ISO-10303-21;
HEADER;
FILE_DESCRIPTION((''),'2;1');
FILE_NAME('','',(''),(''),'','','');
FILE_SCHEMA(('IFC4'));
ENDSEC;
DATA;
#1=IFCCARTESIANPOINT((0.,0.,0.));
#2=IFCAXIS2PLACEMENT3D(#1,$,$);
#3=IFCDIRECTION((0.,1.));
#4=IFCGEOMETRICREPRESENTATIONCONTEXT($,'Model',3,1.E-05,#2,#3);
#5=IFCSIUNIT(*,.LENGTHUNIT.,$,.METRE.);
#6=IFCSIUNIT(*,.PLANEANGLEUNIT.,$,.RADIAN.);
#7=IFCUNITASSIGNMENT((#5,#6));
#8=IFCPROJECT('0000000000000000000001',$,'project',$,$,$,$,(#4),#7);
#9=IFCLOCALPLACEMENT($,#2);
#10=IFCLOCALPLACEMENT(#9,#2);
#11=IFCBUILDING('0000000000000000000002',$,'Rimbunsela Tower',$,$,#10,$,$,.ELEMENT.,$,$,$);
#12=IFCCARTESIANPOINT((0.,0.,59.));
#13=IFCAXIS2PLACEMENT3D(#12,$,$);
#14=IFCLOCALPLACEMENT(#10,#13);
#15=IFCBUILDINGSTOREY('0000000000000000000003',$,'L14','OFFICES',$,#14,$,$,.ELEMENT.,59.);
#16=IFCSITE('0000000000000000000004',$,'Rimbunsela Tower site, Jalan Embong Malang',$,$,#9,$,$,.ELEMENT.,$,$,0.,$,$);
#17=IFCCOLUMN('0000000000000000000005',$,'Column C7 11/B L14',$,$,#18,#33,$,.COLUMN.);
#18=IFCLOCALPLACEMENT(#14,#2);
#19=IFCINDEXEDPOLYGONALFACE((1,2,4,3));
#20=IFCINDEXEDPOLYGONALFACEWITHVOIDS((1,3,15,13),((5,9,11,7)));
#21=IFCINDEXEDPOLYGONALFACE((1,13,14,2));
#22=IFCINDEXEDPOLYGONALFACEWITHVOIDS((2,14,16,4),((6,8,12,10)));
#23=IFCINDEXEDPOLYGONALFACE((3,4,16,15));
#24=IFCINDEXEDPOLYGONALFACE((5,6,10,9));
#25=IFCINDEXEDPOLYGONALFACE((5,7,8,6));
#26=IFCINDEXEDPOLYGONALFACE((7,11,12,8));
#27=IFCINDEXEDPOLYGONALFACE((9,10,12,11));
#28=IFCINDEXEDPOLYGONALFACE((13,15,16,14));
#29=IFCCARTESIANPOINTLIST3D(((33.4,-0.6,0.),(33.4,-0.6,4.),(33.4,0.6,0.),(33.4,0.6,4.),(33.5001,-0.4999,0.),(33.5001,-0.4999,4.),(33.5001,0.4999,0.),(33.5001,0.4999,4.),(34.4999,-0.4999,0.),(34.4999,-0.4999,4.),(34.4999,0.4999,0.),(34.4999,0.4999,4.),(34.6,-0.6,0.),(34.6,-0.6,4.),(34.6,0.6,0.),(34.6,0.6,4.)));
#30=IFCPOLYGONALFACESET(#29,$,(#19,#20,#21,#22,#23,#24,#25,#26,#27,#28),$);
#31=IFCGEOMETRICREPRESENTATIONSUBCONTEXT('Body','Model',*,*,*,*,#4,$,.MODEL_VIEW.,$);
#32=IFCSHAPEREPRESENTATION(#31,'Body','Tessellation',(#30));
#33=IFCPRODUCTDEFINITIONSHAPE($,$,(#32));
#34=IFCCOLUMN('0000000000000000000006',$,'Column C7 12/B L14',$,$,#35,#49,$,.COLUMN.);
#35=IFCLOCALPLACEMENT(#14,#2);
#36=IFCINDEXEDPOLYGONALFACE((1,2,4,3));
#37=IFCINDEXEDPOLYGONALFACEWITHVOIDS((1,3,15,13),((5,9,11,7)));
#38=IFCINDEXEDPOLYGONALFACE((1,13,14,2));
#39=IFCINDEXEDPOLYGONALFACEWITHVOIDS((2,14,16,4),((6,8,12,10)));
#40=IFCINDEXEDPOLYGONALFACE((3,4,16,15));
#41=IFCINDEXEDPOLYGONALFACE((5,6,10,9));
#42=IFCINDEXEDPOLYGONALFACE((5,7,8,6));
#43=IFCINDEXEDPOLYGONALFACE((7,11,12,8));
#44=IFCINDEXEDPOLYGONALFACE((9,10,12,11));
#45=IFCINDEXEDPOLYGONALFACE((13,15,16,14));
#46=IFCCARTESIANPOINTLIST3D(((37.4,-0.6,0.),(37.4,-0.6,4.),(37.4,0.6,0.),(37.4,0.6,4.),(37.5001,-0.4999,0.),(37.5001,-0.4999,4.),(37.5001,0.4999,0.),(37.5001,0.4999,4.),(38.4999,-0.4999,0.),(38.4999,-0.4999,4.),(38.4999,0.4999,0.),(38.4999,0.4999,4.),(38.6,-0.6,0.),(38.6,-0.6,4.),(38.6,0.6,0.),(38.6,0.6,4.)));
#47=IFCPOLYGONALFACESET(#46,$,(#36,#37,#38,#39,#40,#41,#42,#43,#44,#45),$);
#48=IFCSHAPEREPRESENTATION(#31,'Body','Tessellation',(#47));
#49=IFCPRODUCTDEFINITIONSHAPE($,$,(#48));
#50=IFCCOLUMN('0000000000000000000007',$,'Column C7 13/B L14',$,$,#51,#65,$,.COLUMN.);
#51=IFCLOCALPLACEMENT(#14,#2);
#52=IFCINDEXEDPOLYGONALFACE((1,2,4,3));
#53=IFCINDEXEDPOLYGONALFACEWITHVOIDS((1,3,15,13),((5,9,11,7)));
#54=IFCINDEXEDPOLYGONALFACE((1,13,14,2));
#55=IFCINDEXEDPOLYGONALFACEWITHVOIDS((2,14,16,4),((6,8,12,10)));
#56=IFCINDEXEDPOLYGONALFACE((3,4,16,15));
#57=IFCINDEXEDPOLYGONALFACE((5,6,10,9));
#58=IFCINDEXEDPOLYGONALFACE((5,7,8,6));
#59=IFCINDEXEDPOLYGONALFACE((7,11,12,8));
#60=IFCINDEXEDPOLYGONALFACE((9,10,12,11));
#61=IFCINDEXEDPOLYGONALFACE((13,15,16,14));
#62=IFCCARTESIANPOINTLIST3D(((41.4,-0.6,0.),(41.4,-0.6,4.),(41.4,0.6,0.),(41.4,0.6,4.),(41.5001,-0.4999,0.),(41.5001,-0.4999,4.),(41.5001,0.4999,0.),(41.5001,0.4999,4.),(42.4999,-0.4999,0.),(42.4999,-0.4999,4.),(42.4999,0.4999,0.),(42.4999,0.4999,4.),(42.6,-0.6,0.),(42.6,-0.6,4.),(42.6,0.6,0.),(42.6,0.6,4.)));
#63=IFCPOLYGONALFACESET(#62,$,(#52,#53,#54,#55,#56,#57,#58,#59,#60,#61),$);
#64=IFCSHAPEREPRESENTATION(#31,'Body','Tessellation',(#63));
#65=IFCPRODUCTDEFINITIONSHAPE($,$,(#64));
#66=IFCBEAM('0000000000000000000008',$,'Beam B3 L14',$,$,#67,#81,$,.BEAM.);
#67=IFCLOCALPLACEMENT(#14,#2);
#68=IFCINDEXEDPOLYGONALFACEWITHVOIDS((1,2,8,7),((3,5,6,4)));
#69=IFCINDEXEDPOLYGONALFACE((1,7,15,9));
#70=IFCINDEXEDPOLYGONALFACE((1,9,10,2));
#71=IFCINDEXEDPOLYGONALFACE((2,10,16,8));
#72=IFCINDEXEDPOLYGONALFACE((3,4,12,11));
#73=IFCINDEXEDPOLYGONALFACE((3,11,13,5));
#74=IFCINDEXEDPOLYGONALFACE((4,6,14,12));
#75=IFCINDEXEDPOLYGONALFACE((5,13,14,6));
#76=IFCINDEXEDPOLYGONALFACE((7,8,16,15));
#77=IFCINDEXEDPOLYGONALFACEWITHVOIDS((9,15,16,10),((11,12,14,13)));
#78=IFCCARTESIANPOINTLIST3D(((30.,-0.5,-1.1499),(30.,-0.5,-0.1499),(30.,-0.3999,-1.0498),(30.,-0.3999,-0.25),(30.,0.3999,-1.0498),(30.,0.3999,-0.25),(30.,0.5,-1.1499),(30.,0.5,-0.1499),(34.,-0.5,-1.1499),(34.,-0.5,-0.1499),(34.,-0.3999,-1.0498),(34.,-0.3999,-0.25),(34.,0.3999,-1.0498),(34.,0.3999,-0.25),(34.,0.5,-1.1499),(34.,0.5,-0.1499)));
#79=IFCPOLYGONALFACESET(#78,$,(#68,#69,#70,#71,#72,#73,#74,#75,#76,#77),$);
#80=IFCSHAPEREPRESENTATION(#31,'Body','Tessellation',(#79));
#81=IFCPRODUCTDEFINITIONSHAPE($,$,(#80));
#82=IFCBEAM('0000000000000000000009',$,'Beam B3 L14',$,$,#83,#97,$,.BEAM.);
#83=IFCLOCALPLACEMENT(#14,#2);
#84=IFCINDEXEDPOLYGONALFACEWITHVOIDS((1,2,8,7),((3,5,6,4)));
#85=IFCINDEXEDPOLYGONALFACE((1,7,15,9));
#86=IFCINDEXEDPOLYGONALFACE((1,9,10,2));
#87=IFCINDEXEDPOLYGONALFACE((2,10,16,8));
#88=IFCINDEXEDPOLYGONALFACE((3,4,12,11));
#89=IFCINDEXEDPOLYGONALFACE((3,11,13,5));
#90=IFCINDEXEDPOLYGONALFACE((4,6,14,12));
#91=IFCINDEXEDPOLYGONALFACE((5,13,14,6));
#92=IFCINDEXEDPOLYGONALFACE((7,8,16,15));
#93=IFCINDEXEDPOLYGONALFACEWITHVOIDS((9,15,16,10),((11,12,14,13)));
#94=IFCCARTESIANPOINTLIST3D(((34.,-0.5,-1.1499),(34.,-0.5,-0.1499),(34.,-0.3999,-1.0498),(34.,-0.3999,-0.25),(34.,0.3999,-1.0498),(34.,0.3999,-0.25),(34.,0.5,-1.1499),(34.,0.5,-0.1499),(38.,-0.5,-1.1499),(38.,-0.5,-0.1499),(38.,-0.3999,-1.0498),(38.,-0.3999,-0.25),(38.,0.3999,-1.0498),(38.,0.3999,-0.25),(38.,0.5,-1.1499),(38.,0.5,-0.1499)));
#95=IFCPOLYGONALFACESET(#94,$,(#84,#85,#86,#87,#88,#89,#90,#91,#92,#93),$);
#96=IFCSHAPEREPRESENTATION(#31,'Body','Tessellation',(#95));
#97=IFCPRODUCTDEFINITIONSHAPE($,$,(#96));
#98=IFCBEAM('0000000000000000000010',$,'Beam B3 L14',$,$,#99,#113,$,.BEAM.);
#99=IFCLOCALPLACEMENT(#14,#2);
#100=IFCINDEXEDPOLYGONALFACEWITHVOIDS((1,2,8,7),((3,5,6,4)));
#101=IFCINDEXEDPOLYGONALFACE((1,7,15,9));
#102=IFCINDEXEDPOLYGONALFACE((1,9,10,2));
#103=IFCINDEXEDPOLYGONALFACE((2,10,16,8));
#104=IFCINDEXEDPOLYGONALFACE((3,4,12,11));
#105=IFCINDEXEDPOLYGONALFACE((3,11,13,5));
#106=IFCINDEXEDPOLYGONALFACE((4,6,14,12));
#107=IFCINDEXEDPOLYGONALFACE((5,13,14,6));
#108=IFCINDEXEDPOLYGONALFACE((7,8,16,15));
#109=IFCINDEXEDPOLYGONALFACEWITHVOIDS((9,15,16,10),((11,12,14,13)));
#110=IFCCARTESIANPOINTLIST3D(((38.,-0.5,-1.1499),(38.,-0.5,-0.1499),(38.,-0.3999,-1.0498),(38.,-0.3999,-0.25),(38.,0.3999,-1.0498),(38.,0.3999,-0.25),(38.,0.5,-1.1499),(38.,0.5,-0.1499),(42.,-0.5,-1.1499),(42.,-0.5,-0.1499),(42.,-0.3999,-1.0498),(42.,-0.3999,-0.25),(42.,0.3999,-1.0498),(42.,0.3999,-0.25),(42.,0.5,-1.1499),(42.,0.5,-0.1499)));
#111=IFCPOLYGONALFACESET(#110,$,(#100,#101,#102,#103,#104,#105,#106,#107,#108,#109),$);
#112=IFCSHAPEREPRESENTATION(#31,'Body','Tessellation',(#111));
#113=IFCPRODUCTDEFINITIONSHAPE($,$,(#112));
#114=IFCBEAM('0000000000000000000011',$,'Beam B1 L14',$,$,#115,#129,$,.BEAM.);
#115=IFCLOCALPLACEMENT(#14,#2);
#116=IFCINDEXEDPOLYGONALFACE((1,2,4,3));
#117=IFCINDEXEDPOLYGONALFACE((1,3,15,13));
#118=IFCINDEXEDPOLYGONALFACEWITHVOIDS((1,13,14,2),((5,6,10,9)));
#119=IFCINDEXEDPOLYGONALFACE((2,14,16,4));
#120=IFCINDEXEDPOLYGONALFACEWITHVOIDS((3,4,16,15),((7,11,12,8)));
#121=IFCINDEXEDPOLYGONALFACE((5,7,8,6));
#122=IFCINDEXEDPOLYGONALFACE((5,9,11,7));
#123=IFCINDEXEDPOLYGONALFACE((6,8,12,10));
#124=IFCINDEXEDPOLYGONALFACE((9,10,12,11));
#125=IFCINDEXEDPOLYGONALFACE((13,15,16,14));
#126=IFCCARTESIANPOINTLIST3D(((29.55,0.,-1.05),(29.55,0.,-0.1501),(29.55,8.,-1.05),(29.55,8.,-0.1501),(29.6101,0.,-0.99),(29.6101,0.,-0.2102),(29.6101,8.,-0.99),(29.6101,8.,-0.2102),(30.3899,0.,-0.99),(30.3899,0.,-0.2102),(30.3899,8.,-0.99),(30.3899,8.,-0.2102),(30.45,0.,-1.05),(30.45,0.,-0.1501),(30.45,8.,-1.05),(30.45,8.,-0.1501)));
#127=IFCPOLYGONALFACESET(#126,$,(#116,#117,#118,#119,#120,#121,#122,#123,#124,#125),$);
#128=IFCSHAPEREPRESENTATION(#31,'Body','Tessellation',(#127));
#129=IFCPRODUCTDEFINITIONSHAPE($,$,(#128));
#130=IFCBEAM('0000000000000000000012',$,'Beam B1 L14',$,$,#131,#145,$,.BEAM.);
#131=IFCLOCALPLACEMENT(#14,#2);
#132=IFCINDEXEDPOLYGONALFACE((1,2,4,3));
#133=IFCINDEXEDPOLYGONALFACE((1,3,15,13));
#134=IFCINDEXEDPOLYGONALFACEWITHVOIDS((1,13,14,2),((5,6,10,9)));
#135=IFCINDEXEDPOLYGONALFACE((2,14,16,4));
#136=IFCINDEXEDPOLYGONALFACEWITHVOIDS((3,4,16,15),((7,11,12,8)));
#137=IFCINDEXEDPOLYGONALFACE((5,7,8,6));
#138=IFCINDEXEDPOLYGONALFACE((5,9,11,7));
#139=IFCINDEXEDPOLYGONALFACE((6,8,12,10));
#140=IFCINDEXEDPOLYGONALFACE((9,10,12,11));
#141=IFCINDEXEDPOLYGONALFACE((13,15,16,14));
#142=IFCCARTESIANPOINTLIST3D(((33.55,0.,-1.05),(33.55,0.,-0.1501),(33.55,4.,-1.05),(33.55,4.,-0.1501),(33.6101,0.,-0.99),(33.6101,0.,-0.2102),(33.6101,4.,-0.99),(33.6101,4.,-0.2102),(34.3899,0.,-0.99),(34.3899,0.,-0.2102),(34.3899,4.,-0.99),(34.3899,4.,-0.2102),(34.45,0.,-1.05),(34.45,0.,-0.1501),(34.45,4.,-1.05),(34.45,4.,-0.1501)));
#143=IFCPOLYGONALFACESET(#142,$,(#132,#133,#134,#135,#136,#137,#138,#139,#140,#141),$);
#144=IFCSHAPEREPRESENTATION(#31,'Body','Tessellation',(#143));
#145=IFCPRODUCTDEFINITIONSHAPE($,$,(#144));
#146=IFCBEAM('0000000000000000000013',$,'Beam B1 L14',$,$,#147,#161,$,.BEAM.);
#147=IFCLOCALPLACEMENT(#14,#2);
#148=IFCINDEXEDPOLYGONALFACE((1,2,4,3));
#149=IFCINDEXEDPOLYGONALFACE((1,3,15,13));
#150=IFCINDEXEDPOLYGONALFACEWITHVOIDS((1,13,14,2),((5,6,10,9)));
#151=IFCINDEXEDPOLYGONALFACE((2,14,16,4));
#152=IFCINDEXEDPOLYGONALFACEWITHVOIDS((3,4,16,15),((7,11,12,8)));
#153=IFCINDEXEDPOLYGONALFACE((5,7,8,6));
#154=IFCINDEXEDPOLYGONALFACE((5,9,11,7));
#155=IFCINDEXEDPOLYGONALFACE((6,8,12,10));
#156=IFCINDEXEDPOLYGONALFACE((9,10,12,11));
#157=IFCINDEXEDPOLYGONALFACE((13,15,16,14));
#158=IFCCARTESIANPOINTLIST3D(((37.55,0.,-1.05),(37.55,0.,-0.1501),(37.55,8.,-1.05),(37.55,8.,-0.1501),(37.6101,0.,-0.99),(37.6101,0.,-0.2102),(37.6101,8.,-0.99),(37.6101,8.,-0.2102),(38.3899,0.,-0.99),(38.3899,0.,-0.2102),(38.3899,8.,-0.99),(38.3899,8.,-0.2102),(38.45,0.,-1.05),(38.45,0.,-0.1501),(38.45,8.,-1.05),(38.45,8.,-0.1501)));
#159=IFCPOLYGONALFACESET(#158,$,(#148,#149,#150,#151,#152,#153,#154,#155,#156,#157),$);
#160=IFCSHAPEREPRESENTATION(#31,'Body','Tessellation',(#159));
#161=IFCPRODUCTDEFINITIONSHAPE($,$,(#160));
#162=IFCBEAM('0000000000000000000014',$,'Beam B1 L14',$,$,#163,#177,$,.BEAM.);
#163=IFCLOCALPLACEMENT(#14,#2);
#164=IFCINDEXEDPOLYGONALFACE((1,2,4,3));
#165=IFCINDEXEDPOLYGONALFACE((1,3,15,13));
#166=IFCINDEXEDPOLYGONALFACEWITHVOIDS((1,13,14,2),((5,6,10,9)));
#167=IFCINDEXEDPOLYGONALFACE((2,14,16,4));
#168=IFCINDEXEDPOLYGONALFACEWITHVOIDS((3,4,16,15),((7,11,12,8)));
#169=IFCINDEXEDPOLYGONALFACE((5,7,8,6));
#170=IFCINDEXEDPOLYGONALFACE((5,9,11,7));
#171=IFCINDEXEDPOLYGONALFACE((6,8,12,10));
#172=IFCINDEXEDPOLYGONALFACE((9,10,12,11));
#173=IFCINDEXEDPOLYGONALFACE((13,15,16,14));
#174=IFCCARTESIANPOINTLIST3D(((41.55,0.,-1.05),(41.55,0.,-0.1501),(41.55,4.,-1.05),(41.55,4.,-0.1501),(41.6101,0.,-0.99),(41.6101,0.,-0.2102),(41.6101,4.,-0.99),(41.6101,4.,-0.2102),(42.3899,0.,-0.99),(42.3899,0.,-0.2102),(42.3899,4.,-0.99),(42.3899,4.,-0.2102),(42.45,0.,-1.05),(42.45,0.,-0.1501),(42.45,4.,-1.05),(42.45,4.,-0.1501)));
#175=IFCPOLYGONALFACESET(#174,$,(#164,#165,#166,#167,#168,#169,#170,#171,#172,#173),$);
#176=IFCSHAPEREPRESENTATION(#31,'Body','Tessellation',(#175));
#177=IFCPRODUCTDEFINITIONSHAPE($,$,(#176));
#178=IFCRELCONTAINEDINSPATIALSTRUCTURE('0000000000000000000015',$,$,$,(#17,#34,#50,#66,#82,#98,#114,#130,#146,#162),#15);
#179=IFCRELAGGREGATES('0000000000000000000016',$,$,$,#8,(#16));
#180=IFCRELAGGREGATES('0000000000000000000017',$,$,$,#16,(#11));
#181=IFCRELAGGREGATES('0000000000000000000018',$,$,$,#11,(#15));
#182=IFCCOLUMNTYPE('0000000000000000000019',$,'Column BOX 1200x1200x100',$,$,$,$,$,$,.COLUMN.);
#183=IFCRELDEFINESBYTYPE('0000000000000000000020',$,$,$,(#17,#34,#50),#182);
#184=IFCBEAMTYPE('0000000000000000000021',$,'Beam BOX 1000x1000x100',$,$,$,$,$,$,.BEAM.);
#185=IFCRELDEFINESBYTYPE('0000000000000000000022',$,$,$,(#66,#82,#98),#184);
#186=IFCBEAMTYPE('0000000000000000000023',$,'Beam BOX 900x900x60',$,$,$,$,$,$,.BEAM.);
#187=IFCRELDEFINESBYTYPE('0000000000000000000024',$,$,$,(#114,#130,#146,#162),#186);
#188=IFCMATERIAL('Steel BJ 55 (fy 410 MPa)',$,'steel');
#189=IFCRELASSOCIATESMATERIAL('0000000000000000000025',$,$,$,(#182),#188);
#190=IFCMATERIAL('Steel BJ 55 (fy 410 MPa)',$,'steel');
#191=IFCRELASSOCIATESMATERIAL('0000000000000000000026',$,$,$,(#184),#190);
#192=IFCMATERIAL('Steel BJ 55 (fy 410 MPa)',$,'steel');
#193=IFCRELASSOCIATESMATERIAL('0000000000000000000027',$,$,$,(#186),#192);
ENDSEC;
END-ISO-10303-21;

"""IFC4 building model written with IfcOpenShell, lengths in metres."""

from ifc_helpers import new_model, si_unit, direction, frame, origin, origin_2d, place, context, subcontext, project, spatial, hollow_rectangle, extrude, material, material_profile, profile_set, type_object, element, save


model = new_model("IFC4")

# Units and contexts
model_context = context("Model", 3, precision=1e-05, world=origin(), true_north=direction((0.0, 1.0)))
body_context = subcontext(model_context, "Body", "Model", "MODEL_VIEW")
ifc_project = project(units=[si_unit("LENGTHUNIT", "METRE"), si_unit("PLANEANGLEUNIT", "RADIAN")], contexts=[model_context])

# Site, building, storey
site_placement = place(None, origin())
site = spatial("IfcSite", under=ifc_project, at=site_placement, Name="Rimbunsela Tower site, Jalan Embong Malang", CompositionType="ELEMENT", RefElevation=0.0)
building_placement = place(site_placement, origin())
building = spatial("IfcBuilding", under=site, at=building_placement, Name="Rimbunsela Tower", CompositionType="ELEMENT")
storey_placement = place(building_placement, frame((0.0, 0.0, 59.0)))
storey = spatial("IfcBuildingStorey", under=building, at=storey_placement, Name="L14", Description="OFFICES", CompositionType="ELEMENT", Elevation=59.0)

# Columns
ifc_material_1 = material(Name="Steel BJ 55 (fy 410 MPa)", Category="steel")
ifc_material_profile_1 = material_profile(ifc_material_1, hollow_rectangle(XDim=1.2, YDim=1.2, WallThickness=0.1001, at=origin_2d()), Name="BOX 1200x1200x100")
ifc_profile_set_1 = profile_set([ifc_material_profile_1], Name="Steel BJ 55 (fy 410 MPa)")
column_type = type_object("IfcColumnType", Name="Column BOX 1200x1200x100", PredefinedType="COLUMN", material=ifc_profile_set_1)
for number, where, z_axis, x_axis, name in (
    (1, (34.0, 0.0, 0.0), (0.0, 0.0, 1.0), (1.0, 0.0, 0.0), "Column C7 11/B L14"),
    (2, (38.0, 0.0, 0.0), (0.0, 0.0, 1.0), (1.0, 0.0, 0.0), "Column C7 12/B L14"),
    (3, (42.0, 0.0, 0.0), (0.0, 0.0, 1.0), (1.0, 0.0, 0.0), "Column C7 13/B L14"),
):
    element("IfcColumn", number, at=place(storey_placement, frame(where, z_axis=z_axis, x_axis=x_axis)), inside=storey, type_object=column_type, Name=name, PredefinedType="COLUMN", context=body_context, shape_type="SweptSolid", body=[
        extrude(hollow_rectangle(XDim=1.2, YDim=1.2, WallThickness=0.1001, at=origin_2d()), origin(), (0.0, 0.0, 1.0), 4.0),
    ])

# Beams
ifc_material_2 = material(Name="Steel BJ 55 (fy 410 MPa)", Category="steel")
ifc_material_profile_2 = material_profile(ifc_material_2, hollow_rectangle(XDim=1.0, YDim=1.0, WallThickness=0.1001, at=origin_2d()), Name="BOX 1000x1000x100")
ifc_profile_set_2 = profile_set([ifc_material_profile_2], Name="Steel BJ 55 (fy 410 MPa)")
beam_type_1 = type_object("IfcBeamType", Name="Beam BOX 1000x1000x100", PredefinedType="BEAM", material=ifc_profile_set_2)
for number, where, z_axis, x_axis, name in (
    (4, (30.0, 0.0, -0.6499), (1.0, 0.0, 0.0), (0.0, 1.0, 0.0), "Beam B3 L14"),
    (5, (34.0, 0.0, -0.6499), (1.0, 0.0, 0.0), (0.0, 1.0, 0.0), "Beam B3 L14"),
    (6, (38.0, 0.0, -0.6499), (1.0, 0.0, 0.0), (0.0, 1.0, 0.0), "Beam B3 L14"),
):
    element("IfcBeam", number, at=place(storey_placement, frame(where, z_axis=z_axis, x_axis=x_axis)), inside=storey, type_object=beam_type_1, Name=name, PredefinedType="BEAM", context=body_context, shape_type="SweptSolid", body=[
        extrude(hollow_rectangle(XDim=1.0, YDim=1.0, WallThickness=0.1001, at=origin_2d()), origin(), (0.0, 0.0, 1.0), 4.0),
    ])
ifc_material_3 = material(Name="Steel BJ 55 (fy 410 MPa)", Category="steel")
ifc_material_profile_3 = material_profile(ifc_material_3, hollow_rectangle(XDim=0.8999, YDim=0.8999, WallThickness=0.0601, at=origin_2d()), Name="BOX 900x900x60")
ifc_profile_set_3 = profile_set([ifc_material_profile_3], Name="Steel BJ 55 (fy 410 MPa)")
beam_type_2 = type_object("IfcBeamType", Name="Beam BOX 900x900x60", PredefinedType="BEAM", material=ifc_profile_set_3)
beam_1_placement = place(storey_placement, frame((30.0, 0.0, -0.6001), z_axis=(0.0, 1.0, 0.0), x_axis=(-1.0, 0.0, 0.0)))
element("IfcBeam", 7, at=beam_1_placement, inside=storey, type_object=beam_type_2, Name="Beam B1 L14", PredefinedType="BEAM", context=body_context, shape_type="SweptSolid", body=[
    extrude(hollow_rectangle(XDim=0.8999, YDim=0.8999, WallThickness=0.0601, at=origin_2d()), origin(), (0.0, 0.0, 1.0), 8.0),
])
beam_2_placement = place(storey_placement, frame((34.0, 0.0, -0.6001), z_axis=(0.0, 1.0, 0.0), x_axis=(-1.0, 0.0, 0.0)))
element("IfcBeam", 8, at=beam_2_placement, inside=storey, type_object=beam_type_2, Name="Beam B1 L14", PredefinedType="BEAM", context=body_context, shape_type="SweptSolid", body=[
    extrude(hollow_rectangle(XDim=0.8999, YDim=0.8999, WallThickness=0.0601, at=origin_2d()), origin(), (0.0, 0.0, 1.0), 4.0),
])
beam_3_placement = place(storey_placement, frame((38.0, 0.0, -0.6001), z_axis=(0.0, 1.0, 0.0), x_axis=(-1.0, 0.0, 0.0)))
element("IfcBeam", 9, at=beam_3_placement, inside=storey, type_object=beam_type_2, Name="Beam B1 L14", PredefinedType="BEAM", context=body_context, shape_type="SweptSolid", body=[
    extrude(hollow_rectangle(XDim=0.8999, YDim=0.8999, WallThickness=0.0601, at=origin_2d()), origin(), (0.0, 0.0, 1.0), 8.0),
])
beam_4_placement = place(storey_placement, frame((42.0, 0.0, -0.6001), z_axis=(0.0, 1.0, 0.0), x_axis=(-1.0, 0.0, 0.0)))
element("IfcBeam", 10, at=beam_4_placement, inside=storey, type_object=beam_type_2, Name="Beam B1 L14", PredefinedType="BEAM", context=body_context, shape_type="SweptSolid", body=[
    extrude(hollow_rectangle(XDim=0.8999, YDim=0.8999, WallThickness=0.0601, at=origin_2d()), origin(), (0.0, 0.0, 1.0), 4.0),
])

save(model, "model.ifc")
